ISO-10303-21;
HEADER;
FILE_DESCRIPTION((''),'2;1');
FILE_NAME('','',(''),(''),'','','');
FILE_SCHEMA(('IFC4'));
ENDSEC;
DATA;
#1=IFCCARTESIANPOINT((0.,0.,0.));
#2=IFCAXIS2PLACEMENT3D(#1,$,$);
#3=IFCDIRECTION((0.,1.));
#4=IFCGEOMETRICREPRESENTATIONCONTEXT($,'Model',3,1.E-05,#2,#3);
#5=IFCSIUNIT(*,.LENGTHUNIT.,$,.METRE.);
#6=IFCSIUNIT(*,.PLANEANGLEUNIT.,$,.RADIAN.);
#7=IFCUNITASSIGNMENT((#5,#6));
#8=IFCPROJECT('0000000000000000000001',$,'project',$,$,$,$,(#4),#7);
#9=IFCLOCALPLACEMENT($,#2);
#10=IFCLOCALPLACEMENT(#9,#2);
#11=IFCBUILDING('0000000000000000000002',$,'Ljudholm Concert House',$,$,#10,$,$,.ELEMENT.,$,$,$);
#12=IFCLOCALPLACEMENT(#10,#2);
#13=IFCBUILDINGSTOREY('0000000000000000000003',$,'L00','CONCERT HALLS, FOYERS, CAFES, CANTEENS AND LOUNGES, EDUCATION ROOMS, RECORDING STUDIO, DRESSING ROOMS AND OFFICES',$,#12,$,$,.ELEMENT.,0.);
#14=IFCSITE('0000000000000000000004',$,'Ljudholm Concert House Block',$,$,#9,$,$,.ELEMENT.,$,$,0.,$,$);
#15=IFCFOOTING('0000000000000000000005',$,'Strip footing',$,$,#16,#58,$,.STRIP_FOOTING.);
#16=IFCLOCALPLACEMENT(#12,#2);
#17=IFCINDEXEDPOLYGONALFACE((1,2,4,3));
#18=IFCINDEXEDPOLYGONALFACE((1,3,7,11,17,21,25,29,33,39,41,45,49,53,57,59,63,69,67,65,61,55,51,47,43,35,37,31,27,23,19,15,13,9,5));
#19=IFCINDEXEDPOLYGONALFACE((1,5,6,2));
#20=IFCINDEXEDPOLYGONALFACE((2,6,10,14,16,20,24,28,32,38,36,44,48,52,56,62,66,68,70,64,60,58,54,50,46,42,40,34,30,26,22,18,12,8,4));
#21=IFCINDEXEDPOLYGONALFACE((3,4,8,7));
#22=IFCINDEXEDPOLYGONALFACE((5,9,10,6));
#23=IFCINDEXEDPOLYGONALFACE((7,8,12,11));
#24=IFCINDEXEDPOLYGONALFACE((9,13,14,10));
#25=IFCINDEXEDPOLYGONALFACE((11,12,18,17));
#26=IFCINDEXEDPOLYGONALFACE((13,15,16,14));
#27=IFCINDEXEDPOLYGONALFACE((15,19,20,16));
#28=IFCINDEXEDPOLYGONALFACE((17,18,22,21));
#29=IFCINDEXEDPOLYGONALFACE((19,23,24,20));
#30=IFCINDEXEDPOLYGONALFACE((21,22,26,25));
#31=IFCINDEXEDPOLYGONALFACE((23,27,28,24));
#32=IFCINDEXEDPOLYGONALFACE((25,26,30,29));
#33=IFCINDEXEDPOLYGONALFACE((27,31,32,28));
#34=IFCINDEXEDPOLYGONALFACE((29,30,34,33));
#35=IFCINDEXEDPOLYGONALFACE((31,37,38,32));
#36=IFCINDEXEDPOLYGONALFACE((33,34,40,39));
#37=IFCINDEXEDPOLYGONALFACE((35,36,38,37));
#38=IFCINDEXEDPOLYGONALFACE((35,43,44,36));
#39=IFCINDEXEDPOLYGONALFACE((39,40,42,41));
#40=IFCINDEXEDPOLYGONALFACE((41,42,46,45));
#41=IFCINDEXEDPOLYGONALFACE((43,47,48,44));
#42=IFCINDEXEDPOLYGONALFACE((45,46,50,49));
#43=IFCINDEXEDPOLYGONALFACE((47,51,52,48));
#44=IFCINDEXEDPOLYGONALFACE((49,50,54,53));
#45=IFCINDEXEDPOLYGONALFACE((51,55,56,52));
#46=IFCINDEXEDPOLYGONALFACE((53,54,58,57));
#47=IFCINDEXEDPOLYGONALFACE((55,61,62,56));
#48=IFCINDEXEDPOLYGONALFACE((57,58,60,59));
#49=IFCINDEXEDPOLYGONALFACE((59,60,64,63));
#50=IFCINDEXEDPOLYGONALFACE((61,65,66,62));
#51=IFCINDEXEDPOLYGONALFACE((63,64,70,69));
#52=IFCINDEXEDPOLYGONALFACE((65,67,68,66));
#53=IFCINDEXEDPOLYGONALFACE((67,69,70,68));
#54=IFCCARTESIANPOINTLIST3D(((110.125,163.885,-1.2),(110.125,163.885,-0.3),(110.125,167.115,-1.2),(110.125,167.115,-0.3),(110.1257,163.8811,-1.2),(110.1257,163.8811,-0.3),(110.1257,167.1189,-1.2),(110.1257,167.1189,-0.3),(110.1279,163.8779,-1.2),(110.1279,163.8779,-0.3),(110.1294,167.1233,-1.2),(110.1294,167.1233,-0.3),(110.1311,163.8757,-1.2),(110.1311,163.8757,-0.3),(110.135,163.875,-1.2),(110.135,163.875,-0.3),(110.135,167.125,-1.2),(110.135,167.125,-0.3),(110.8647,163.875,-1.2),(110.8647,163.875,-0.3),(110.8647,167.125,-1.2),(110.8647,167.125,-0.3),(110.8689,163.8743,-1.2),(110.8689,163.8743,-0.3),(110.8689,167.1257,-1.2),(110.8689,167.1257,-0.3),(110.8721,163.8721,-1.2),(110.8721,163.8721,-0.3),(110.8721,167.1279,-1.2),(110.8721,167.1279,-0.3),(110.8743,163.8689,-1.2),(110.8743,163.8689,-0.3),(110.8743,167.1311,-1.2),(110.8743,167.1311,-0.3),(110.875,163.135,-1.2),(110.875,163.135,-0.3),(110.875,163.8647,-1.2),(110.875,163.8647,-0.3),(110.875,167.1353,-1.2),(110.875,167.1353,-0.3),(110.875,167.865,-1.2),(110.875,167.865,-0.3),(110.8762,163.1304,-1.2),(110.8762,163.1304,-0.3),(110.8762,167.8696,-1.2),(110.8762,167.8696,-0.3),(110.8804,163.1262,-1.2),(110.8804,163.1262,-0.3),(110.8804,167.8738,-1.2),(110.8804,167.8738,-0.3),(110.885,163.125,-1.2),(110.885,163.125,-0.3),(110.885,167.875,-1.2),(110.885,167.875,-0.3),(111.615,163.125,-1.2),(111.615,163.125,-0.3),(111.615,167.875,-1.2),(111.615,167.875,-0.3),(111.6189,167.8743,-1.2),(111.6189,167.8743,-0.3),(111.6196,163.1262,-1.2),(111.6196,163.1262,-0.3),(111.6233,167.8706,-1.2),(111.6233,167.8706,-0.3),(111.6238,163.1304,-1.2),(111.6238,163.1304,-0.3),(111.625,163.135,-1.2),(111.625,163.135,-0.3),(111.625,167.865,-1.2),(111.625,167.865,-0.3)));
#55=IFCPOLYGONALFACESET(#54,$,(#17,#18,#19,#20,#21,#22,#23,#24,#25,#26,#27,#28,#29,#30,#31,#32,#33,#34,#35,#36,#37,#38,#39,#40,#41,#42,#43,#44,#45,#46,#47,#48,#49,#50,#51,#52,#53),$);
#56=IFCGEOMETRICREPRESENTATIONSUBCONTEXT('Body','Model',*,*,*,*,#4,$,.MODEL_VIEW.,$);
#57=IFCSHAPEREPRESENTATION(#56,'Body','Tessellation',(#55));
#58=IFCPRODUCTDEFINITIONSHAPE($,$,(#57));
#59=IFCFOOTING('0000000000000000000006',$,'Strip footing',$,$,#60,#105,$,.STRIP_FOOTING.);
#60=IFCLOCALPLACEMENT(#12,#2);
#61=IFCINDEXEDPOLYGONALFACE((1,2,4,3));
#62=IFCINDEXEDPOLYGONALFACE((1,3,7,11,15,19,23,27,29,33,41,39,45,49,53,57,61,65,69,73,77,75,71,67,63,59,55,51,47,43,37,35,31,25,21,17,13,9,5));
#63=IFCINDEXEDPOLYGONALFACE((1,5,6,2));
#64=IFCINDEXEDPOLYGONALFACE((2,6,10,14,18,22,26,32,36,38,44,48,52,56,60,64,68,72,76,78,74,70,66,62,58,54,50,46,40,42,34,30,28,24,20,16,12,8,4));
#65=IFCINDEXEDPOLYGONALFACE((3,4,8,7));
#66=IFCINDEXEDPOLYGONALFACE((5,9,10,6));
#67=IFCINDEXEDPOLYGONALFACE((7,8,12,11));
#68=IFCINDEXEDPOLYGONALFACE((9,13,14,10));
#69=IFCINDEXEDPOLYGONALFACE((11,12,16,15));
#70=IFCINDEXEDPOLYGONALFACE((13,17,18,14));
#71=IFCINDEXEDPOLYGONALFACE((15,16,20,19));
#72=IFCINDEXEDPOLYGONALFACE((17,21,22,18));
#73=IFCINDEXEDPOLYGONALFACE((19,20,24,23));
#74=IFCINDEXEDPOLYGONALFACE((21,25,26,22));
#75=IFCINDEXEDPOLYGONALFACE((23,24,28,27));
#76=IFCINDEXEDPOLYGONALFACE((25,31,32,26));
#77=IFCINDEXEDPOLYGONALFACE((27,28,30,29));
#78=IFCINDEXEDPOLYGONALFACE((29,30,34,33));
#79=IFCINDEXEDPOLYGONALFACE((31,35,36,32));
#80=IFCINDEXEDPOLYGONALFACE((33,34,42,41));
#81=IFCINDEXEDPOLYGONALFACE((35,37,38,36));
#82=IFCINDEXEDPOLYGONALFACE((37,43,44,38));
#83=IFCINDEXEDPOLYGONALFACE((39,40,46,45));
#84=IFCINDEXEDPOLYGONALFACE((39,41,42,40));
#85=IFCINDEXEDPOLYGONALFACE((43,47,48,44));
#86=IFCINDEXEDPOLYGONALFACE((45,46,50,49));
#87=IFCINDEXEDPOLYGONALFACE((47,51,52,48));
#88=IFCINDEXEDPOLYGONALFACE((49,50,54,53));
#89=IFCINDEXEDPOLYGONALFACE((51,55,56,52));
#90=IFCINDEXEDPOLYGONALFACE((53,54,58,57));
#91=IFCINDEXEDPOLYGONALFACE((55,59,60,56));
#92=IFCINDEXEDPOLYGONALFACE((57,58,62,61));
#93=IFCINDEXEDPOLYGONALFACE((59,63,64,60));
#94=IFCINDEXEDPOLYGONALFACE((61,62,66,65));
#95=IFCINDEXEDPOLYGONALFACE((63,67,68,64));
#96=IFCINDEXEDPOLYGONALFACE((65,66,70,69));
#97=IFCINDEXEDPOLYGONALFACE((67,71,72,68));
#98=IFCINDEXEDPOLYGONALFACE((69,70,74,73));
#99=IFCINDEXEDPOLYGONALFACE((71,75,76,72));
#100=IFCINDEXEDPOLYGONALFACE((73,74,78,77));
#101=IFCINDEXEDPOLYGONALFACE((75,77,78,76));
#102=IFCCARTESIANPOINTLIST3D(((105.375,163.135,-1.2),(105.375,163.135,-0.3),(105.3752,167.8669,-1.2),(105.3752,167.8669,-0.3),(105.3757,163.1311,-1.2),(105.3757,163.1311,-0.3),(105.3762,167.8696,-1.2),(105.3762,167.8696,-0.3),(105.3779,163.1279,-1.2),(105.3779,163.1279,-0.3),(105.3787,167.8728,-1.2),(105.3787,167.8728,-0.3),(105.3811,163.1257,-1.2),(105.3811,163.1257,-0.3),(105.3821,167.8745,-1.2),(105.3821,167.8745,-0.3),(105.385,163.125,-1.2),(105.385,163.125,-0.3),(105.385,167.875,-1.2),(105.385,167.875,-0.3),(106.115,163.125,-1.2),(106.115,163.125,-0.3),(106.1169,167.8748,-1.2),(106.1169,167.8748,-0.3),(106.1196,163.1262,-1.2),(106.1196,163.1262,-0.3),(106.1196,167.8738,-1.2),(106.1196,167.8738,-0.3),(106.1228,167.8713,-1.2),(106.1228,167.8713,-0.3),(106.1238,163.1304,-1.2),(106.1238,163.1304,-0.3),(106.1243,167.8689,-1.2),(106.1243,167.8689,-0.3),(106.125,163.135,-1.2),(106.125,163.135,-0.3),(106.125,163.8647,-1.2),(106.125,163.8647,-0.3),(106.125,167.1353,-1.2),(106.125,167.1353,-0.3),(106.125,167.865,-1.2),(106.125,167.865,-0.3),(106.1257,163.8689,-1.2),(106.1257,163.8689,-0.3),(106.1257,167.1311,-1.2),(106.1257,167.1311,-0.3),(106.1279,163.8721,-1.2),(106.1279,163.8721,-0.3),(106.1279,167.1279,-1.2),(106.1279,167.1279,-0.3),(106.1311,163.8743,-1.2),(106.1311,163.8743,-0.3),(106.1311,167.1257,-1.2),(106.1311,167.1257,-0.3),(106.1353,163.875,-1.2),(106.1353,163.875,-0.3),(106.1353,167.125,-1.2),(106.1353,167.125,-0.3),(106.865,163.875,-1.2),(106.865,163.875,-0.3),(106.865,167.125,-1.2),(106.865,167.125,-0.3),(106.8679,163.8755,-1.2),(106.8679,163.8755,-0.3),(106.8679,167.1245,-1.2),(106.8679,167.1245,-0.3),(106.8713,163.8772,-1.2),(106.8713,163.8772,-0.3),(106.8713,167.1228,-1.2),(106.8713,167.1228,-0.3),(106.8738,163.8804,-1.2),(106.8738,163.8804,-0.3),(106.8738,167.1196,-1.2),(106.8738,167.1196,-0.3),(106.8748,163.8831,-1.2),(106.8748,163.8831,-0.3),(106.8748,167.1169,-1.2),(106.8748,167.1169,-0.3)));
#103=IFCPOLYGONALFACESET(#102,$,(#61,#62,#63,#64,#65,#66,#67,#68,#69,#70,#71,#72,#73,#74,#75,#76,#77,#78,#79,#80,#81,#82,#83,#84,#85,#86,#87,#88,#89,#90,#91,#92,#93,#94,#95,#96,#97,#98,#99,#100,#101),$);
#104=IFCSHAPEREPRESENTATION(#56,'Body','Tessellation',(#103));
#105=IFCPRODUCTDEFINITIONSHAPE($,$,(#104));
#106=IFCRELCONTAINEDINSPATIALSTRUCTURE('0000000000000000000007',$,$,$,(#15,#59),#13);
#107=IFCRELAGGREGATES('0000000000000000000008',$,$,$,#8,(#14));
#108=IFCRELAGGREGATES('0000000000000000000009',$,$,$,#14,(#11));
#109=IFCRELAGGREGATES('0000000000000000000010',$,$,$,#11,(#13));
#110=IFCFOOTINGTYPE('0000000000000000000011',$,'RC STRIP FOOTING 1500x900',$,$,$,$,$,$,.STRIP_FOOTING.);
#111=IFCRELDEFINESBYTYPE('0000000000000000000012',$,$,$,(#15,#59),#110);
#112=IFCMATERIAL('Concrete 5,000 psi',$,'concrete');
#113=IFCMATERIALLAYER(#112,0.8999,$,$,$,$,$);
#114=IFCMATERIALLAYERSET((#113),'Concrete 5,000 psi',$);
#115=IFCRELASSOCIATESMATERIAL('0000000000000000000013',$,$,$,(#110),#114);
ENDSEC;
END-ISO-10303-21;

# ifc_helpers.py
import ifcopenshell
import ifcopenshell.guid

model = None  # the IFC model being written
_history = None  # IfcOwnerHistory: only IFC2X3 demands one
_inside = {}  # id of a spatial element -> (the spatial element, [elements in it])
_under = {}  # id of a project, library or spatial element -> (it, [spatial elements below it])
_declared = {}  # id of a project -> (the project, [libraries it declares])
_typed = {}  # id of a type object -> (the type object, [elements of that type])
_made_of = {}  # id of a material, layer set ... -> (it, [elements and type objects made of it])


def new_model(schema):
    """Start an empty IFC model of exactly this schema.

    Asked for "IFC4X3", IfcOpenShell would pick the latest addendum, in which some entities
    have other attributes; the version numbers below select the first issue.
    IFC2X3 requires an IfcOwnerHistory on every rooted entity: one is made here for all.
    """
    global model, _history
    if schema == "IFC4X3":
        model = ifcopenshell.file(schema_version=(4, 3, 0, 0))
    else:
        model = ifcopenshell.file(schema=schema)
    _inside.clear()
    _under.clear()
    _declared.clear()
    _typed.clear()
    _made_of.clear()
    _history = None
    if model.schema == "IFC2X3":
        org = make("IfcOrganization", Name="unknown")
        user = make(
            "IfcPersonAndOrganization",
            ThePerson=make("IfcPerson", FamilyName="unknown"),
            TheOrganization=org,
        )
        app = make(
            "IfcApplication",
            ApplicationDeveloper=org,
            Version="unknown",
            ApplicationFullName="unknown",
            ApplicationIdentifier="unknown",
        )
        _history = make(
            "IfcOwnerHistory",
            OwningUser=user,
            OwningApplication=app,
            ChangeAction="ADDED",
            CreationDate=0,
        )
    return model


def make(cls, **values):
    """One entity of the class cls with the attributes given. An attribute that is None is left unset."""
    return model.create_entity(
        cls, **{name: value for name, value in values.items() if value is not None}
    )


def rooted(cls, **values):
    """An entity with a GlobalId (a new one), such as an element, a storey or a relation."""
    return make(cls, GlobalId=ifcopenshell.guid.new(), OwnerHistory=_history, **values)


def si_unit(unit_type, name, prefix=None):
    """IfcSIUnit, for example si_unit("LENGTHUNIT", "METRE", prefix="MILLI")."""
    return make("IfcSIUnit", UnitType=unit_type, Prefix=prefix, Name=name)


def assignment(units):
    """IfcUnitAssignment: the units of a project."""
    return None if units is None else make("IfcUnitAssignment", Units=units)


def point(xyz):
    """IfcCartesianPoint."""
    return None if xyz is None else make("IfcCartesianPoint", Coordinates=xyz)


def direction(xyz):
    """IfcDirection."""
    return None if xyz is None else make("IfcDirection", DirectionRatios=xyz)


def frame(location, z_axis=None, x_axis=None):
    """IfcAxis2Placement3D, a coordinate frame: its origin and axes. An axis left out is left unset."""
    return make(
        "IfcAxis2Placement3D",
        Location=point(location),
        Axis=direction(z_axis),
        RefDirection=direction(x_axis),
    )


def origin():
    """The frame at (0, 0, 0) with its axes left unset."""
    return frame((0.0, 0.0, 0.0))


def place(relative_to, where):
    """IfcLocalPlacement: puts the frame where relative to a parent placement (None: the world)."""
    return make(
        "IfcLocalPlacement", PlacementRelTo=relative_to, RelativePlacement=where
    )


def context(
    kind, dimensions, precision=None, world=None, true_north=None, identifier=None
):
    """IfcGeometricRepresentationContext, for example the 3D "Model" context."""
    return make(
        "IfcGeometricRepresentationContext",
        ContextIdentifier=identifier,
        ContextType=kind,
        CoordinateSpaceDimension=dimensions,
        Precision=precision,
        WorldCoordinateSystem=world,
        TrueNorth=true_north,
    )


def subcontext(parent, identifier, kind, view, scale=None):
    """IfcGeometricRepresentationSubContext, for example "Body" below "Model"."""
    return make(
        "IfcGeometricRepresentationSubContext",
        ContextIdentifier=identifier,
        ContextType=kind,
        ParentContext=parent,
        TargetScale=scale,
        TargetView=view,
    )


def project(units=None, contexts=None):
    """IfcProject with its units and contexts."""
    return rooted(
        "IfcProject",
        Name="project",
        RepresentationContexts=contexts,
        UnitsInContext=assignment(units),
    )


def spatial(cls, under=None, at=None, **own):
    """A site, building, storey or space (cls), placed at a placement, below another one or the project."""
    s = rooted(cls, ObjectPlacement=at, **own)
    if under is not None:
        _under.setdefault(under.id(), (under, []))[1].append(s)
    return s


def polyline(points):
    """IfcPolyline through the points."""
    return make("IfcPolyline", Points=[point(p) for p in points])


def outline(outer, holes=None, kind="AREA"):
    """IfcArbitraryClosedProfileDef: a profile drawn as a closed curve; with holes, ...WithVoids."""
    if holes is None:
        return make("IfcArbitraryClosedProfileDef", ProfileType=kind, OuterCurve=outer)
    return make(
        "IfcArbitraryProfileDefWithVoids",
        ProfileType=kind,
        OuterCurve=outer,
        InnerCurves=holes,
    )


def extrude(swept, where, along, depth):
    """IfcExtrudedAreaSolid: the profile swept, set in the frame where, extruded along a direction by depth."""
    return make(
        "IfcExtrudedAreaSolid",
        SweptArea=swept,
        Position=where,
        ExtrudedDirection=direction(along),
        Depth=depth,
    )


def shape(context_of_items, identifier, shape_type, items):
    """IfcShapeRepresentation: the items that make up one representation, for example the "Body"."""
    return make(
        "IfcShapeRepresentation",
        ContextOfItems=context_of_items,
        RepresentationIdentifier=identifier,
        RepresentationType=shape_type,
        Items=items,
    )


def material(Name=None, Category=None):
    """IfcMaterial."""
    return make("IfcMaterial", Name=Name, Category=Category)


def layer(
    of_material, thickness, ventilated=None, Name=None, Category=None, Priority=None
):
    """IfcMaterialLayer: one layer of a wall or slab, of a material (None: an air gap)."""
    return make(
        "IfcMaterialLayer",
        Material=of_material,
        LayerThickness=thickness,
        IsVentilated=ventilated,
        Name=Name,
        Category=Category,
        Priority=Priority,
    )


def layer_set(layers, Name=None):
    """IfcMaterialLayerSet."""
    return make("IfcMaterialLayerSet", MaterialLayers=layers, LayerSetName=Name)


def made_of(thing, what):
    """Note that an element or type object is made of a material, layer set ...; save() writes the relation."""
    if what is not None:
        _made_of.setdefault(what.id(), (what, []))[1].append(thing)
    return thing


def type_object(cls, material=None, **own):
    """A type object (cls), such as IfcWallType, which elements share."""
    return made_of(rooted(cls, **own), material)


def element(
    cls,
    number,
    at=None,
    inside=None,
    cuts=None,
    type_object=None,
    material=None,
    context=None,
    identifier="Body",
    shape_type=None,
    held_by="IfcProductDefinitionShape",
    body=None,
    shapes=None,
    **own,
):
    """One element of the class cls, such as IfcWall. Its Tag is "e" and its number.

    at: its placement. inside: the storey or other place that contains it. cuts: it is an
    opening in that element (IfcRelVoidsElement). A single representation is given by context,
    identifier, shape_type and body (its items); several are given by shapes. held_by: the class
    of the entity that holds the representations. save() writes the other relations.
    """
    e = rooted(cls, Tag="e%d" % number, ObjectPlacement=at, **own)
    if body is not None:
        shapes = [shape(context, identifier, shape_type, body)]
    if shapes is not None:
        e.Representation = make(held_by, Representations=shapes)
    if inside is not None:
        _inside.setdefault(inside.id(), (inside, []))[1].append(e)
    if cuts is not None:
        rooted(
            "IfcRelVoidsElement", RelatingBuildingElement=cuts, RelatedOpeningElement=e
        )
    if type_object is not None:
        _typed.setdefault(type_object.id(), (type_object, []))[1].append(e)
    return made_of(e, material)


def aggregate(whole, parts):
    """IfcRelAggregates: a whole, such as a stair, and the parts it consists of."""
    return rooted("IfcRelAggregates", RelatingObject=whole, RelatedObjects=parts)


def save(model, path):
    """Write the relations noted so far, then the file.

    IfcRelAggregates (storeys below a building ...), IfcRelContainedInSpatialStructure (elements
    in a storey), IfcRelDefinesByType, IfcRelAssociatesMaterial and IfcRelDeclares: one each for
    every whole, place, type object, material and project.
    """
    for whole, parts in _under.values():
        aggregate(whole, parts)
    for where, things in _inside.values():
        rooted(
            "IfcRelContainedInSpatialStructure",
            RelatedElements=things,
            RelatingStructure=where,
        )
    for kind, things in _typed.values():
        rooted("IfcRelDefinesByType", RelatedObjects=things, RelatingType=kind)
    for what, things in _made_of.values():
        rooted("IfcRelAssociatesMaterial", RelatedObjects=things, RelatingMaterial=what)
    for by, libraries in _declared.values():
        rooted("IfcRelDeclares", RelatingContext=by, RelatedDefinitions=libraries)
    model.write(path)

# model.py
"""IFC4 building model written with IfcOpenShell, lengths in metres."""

from ifc_helpers import new_model, si_unit, direction, frame, origin, place, context, subcontext, project, spatial, polyline, outline, extrude, material, layer, layer_set, type_object, element, save


model = new_model("IFC4")

# Units and contexts
model_context = context("Model", 3, precision=1e-05, world=origin(), true_north=direction((0.0, 1.0)))
body_context = subcontext(model_context, "Body", "Model", "MODEL_VIEW")
ifc_project = project(units=[si_unit("LENGTHUNIT", "METRE"), si_unit("PLANEANGLEUNIT", "RADIAN")], contexts=[model_context])

# Site, building, storey
site_placement = place(None, origin())
site = spatial("IfcSite", under=ifc_project, at=site_placement, Name="Ljudholm Concert House Block", CompositionType="ELEMENT", RefElevation=0.0)
building_placement = place(site_placement, origin())
building = spatial("IfcBuilding", under=site, at=building_placement, Name="Ljudholm Concert House", CompositionType="ELEMENT")
storey_placement = place(building_placement, origin())
storey = spatial("IfcBuildingStorey", under=building, at=storey_placement, Name="L00", Description="CONCERT HALLS, FOYERS, CAFES, CANTEENS AND LOUNGES, EDUCATION ROOMS, RECORDING STUDIO, DRESSING ROOMS AND OFFICES", CompositionType="ELEMENT", Elevation=0.0)

# Footings
ifc_material = material(Name="Concrete 5,000 psi", Category="concrete")
ifc_layer = layer(ifc_material, 0.8999)
ifc_layer_set = layer_set([ifc_layer], Name="Concrete 5,000 psi")
footing_type = type_object("IfcFootingType", Name="RC STRIP FOOTING 1500x900", PredefinedType="STRIP_FOOTING", material=ifc_layer_set)
footing_1_placement = place(storey_placement, frame((0.0, 0.0, -1.2)))
element("IfcFooting", 1, at=footing_1_placement, inside=storey, type_object=footing_type, Name="Strip footing", PredefinedType="STRIP_FOOTING", context=body_context, shape_type="SweptSolid", body=[
    extrude(outline(polyline([(110.135, 163.875), (110.8647, 163.875), (110.8689, 163.8743), (110.8721, 163.8721), (110.8743, 163.8689), (110.875, 163.8647), (110.875, 163.135), (110.8762, 163.1304), (110.8804, 163.1262), (110.885, 163.125), (111.615, 163.125), (111.6196, 163.1262), (111.6238, 163.1304), (111.625, 163.135), (111.625, 167.865), (111.6233, 167.8706), (111.6189, 167.8743), (111.615, 167.875), (110.885, 167.875), (110.8804, 167.8738), (110.8762, 167.8696), (110.875, 167.865), (110.875, 167.1353), (110.8743, 167.1311), (110.8721, 167.1279), (110.8689, 167.1257), (110.8647, 167.125), (110.135, 167.125), (110.1294, 167.1233), (110.1257, 167.1189), (110.125, 167.115), (110.125, 163.885), (110.1257, 163.8811), (110.1279, 163.8779), (110.1311, 163.8757), (110.135, 163.875)])), origin(), (0.0, 0.0, 1.0), 0.8999),
])
footing_2_placement = place(storey_placement, frame((0.0, 0.0, -1.2)))
element("IfcFooting", 2, at=footing_2_placement, inside=storey, type_object=footing_type, Name="Strip footing", PredefinedType="STRIP_FOOTING", context=body_context, shape_type="SweptSolid", body=[
    extrude(outline(polyline([(105.385, 163.125), (106.115, 163.125), (106.1196, 163.1262), (106.1238, 163.1304), (106.125, 163.135), (106.125, 163.8647), (106.1257, 163.8689), (106.1279, 163.8721), (106.1311, 163.8743), (106.1353, 163.875), (106.865, 163.875), (106.8679, 163.8755), (106.8713, 163.8772), (106.8738, 163.8804), (106.8748, 163.8831), (106.8748, 167.1169), (106.8738, 167.1196), (106.8713, 167.1228), (106.8679, 167.1245), (106.865, 167.125), (106.1353, 167.125), (106.1311, 167.1257), (106.1279, 167.1279), (106.1257, 167.1311), (106.125, 167.1353), (106.125, 167.865), (106.1243, 167.8689), (106.1228, 167.8713), (106.1196, 167.8738), (106.1169, 167.8748), (105.385, 167.875), (105.3821, 167.8745), (105.3787, 167.8728), (105.3762, 167.8696), (105.3752, 167.8669), (105.375, 163.135), (105.3757, 163.1311), (105.3779, 163.1279), (105.3811, 163.1257), (105.385, 163.125)])), origin(), (0.0, 0.0, 1.0), 0.8999),
])

save(model, "model.ifc")
